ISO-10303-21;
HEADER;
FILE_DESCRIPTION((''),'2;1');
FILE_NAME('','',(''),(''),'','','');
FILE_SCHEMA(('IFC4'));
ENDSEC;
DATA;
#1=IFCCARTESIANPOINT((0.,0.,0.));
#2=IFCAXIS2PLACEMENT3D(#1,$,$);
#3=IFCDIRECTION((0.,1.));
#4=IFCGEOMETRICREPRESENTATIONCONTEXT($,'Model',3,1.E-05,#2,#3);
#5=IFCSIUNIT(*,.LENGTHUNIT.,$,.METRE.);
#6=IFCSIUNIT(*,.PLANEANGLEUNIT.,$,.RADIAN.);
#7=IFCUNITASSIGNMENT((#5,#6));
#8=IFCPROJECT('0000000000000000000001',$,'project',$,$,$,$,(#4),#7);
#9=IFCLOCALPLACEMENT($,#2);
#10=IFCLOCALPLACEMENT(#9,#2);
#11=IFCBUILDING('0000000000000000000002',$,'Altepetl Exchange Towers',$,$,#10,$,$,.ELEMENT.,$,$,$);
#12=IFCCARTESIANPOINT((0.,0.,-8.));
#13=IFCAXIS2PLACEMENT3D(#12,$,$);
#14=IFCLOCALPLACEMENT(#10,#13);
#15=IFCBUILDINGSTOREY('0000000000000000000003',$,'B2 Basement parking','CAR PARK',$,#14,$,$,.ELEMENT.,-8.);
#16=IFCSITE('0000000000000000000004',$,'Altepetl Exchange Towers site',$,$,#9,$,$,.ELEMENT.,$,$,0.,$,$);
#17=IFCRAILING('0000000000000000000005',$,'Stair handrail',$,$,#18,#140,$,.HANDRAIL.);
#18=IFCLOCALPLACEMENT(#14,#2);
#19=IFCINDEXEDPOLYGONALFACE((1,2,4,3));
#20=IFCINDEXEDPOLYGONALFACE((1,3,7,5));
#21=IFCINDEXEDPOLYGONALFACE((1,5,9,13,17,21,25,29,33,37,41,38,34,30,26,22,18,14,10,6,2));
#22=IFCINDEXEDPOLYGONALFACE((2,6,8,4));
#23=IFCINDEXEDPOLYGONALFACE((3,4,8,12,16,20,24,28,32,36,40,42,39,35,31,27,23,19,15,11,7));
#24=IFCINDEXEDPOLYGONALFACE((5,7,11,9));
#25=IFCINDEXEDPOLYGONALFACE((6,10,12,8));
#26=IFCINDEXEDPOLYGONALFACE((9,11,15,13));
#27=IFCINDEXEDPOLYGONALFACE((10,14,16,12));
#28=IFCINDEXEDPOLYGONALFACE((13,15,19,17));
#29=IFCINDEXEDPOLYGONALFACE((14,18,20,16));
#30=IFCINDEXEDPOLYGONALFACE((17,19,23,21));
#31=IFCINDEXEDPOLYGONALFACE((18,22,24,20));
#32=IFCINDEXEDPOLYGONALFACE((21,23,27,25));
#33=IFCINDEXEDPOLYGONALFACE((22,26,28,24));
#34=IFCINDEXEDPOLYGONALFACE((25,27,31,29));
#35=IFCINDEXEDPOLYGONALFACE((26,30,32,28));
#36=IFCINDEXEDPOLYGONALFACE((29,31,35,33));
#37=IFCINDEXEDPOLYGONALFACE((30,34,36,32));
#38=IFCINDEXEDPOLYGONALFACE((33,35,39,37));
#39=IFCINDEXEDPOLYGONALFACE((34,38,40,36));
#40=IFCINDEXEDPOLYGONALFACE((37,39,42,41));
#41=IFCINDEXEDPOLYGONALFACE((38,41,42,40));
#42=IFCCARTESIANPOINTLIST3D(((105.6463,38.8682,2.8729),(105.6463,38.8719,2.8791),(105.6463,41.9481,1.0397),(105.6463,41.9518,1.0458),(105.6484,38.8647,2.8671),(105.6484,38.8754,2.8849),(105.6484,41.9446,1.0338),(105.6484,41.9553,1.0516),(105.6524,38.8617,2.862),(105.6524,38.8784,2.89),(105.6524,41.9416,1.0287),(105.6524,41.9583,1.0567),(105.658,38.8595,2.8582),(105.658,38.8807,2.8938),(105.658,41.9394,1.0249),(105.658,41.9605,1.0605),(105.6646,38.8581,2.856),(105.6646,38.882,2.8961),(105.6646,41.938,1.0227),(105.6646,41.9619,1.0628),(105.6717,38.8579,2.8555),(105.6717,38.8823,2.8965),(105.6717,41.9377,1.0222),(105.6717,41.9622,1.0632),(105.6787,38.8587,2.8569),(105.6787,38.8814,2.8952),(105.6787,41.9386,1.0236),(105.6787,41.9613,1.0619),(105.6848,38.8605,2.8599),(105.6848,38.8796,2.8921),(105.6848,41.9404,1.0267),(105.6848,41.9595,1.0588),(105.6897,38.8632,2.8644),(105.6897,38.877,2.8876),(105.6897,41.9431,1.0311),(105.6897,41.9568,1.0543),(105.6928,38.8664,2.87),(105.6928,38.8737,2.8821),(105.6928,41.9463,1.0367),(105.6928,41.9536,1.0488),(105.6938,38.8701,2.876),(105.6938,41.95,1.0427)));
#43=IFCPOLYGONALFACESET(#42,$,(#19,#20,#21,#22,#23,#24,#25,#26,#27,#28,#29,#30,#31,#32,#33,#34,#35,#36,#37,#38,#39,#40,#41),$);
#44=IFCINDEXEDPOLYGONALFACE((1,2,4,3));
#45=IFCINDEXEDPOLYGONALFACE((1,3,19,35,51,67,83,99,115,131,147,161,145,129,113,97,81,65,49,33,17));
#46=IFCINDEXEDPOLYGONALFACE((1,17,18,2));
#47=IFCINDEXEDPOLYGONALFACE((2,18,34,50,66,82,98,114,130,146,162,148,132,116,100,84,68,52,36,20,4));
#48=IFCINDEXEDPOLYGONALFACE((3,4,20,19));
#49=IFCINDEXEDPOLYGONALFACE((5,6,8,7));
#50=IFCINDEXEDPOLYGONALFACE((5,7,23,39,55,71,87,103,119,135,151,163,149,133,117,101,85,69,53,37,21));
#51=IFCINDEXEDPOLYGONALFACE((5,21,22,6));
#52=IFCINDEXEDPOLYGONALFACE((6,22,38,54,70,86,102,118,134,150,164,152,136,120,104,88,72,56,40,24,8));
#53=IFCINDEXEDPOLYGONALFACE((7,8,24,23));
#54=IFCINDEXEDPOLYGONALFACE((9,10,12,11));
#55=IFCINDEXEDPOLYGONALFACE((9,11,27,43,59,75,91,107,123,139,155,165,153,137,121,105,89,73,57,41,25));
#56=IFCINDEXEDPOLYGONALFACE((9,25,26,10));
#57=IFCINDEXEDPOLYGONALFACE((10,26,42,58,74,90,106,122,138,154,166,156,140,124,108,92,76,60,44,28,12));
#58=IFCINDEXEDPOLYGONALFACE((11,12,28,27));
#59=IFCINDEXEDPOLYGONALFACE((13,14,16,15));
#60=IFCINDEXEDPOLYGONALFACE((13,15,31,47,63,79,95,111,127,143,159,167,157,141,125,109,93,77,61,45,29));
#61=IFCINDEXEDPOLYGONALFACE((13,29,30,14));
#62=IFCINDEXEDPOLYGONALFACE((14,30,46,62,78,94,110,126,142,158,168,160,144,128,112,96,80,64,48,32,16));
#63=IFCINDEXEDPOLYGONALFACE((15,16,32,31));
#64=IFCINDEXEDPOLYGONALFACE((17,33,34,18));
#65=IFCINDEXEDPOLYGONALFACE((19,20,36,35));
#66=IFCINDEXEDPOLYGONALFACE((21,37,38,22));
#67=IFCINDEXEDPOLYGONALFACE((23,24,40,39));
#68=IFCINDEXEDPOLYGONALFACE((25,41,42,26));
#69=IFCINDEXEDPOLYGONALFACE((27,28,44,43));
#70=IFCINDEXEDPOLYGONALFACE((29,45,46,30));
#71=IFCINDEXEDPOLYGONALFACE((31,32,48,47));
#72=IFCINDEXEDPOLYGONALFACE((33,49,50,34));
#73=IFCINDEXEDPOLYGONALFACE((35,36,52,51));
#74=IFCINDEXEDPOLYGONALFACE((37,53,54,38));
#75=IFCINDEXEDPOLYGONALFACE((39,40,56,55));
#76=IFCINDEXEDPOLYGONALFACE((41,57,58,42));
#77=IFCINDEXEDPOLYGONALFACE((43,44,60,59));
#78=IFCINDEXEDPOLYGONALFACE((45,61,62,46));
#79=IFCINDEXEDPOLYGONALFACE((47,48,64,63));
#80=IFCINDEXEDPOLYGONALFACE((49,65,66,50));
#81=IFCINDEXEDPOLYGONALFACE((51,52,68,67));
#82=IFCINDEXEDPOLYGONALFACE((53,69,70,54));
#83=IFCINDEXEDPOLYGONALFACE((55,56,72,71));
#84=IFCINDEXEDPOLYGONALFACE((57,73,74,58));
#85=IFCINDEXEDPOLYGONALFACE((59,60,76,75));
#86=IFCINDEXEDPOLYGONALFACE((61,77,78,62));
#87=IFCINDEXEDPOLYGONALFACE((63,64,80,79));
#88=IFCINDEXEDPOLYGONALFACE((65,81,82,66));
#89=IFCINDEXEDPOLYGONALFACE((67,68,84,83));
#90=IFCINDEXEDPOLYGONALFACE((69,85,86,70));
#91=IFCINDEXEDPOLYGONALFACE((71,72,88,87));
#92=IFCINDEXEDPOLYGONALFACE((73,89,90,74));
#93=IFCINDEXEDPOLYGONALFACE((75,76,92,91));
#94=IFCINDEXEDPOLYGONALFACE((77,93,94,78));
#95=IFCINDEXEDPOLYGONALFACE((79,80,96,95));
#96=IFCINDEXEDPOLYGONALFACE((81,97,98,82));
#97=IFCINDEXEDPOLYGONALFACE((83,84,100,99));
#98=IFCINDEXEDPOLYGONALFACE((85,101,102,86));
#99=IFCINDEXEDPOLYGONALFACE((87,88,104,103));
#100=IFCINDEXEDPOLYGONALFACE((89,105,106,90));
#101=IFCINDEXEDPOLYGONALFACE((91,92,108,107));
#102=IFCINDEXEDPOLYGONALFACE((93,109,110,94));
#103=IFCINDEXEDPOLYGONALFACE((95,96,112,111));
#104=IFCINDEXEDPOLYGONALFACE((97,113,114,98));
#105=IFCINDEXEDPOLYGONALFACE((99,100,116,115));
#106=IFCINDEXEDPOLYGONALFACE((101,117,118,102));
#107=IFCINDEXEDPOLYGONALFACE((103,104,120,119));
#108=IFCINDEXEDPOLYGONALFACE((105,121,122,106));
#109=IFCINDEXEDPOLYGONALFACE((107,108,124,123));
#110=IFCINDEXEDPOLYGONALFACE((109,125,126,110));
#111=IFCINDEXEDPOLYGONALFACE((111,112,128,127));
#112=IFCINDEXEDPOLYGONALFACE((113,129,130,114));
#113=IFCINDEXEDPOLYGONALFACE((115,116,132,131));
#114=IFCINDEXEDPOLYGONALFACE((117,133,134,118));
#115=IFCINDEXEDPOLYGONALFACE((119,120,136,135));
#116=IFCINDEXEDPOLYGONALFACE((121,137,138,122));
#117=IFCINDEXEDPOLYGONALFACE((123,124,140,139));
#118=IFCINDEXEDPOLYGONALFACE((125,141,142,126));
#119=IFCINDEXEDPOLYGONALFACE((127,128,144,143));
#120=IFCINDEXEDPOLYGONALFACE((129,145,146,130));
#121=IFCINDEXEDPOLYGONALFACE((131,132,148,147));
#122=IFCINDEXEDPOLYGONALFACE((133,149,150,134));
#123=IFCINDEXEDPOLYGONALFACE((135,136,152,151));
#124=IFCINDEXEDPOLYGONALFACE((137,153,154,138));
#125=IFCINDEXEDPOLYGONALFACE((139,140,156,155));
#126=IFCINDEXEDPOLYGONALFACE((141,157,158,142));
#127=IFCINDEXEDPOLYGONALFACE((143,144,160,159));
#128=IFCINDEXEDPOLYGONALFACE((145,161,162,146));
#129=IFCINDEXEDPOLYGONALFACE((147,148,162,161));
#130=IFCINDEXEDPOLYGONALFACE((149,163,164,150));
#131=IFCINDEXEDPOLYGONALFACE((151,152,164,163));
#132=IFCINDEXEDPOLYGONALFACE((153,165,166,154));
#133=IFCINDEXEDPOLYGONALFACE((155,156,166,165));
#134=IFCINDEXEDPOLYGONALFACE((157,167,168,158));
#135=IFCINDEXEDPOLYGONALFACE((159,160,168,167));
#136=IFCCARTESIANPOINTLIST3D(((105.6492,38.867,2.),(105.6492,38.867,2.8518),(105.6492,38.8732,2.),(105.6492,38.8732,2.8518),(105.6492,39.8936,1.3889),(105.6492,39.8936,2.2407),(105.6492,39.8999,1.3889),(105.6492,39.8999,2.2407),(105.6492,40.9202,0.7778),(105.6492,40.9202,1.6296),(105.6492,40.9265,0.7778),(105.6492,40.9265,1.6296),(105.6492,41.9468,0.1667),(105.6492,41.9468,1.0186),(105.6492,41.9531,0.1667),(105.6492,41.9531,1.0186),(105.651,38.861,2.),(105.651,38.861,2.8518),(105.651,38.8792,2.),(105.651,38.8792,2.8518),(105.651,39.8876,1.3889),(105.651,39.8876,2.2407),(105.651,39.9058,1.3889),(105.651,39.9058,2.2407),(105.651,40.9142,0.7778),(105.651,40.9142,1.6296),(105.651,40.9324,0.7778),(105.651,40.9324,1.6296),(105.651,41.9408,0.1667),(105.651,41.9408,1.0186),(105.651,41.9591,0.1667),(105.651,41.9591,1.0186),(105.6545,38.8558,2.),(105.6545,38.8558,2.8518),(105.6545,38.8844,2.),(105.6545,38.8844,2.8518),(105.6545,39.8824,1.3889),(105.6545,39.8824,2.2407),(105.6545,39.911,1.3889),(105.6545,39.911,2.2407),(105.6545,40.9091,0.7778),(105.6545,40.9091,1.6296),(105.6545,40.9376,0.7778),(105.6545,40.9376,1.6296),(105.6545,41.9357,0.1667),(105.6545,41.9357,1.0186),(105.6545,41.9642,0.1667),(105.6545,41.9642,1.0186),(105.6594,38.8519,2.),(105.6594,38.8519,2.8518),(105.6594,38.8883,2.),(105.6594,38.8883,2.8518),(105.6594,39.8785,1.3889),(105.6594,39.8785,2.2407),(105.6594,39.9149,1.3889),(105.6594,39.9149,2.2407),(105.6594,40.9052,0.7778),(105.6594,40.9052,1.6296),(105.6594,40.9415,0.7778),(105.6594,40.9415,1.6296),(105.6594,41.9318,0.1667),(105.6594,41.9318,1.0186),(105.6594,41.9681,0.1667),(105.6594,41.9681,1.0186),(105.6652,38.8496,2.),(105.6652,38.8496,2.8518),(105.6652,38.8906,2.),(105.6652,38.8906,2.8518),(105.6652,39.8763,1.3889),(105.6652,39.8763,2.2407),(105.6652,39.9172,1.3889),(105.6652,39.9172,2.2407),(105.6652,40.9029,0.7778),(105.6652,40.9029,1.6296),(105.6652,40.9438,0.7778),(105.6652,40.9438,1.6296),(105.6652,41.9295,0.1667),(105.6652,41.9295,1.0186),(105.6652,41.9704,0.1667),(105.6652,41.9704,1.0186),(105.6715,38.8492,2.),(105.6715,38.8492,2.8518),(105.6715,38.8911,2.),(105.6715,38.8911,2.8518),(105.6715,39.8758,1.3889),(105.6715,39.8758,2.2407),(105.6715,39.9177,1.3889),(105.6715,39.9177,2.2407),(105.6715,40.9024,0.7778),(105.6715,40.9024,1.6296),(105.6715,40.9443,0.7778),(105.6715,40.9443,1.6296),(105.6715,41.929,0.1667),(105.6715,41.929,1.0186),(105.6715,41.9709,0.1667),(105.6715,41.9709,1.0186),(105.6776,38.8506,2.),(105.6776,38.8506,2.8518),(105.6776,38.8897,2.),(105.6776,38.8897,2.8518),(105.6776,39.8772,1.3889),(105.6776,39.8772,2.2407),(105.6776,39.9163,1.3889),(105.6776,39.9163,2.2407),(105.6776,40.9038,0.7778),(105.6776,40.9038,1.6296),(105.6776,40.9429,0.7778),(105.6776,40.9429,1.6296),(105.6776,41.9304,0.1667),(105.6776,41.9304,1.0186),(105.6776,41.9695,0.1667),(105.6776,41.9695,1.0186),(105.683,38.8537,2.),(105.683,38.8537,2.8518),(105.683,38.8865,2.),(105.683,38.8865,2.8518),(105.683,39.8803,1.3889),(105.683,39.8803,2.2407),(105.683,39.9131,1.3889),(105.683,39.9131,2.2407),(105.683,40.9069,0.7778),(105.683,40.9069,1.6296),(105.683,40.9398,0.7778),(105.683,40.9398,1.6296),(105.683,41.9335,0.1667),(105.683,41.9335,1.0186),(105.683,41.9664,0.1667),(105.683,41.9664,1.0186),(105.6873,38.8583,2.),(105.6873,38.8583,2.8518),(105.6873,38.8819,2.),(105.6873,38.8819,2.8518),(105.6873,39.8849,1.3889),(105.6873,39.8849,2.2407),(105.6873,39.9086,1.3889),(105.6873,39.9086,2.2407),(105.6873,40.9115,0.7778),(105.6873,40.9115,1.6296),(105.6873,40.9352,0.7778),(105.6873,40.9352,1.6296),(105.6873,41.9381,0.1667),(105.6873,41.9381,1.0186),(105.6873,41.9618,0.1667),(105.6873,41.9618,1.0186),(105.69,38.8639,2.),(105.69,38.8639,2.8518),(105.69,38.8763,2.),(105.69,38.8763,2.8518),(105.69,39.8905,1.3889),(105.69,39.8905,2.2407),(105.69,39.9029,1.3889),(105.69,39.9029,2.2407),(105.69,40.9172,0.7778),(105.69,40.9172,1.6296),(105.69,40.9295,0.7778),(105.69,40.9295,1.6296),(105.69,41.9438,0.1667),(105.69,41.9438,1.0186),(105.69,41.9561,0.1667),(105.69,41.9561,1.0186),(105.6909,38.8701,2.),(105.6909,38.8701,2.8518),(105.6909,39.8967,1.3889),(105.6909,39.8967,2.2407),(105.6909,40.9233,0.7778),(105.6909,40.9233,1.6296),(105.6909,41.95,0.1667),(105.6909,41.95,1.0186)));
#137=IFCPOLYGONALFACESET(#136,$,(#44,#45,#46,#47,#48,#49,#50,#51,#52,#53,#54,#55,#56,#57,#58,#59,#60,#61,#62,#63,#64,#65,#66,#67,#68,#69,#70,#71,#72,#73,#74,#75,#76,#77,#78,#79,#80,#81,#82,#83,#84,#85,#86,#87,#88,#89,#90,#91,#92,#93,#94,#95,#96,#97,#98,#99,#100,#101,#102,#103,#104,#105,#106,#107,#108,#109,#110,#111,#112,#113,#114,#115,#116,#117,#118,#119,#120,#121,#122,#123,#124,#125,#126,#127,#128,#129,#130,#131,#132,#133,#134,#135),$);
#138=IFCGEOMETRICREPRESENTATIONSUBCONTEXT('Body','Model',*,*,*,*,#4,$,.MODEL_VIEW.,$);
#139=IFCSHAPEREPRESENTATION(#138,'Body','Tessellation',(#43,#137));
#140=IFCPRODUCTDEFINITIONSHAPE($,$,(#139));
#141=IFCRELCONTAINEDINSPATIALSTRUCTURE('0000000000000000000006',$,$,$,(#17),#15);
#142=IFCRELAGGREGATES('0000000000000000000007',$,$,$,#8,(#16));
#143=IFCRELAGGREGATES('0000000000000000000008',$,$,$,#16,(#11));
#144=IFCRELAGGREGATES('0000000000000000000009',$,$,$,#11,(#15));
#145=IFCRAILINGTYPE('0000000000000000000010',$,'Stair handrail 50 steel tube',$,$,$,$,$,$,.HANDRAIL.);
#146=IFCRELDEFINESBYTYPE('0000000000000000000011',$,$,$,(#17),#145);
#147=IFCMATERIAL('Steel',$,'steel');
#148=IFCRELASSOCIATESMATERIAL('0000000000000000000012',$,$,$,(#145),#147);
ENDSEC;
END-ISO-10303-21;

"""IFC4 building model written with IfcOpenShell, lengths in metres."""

from ifc_helpers import new_model, si_unit, direction, frame, origin, origin_2d, place, context, subcontext, project, spatial, circle, extrude, source, transform, mapped, material, type_object, element, save


model = new_model("IFC4")

# Units and contexts
model_context = context("Model", 3, precision=1e-05, world=origin(), true_north=direction((0.0, 1.0)))
body_context = subcontext(model_context, "Body", "Model", "MODEL_VIEW")
ifc_project = project(units=[si_unit("LENGTHUNIT", "METRE"), si_unit("PLANEANGLEUNIT", "RADIAN")], contexts=[model_context])

# Site, building, storey
site_placement = place(None, origin())
site = spatial("IfcSite", under=ifc_project, at=site_placement, Name="Altepetl Exchange Towers site", CompositionType="ELEMENT", RefElevation=0.0)
building_placement = place(site_placement, origin())
building = spatial("IfcBuilding", under=site, at=building_placement, Name="Altepetl Exchange Towers", CompositionType="ELEMENT")
storey_placement = place(building_placement, frame((0.0, 0.0, -8.0)))
storey = spatial("IfcBuildingStorey", under=building, at=storey_placement, Name="B2 Basement parking", Description="CAR PARK", CompositionType="ELEMENT", Elevation=-8.0)

# Railing
ifc_material_1 = material(Name="Steel", Category="steel")
railing_type = type_object("IfcRailingType", Name="Stair handrail 50 steel tube", PredefinedType="HANDRAIL", material=ifc_material_1)
shared_shape = source(origin(), body_context, "Body", "SweptSolid", [
    extrude(circle(Radius=0.021, at=origin_2d()), origin(), (0.0, 0.0, 1.0), 0.8518),
])
railing_1_placement = place(storey_placement, frame((105.6699, 41.95, 0.1667)))
element("IfcRailing", 1, at=railing_1_placement, inside=storey, type_object=railing_type, Name="Stair handrail", PredefinedType="HANDRAIL", context=body_context, shape_type="SweptSolid", body=[
    extrude(circle(Radius=0.0239, at=origin_2d()), frame((0.0, 0.0, 0.876), z_axis=(0.0, -0.859291, 0.511487), x_axis=(1.0, 0.0, 0.0)), (0.0, 0.0, 1.0), 3.5842),
    mapped(shared_shape, transform((0.0, 0.0, 0.0))),
    mapped(shared_shape, transform((0.0, -1.0266, 0.6111))),
    mapped(shared_shape, transform((0.0, -2.0532, 1.2222))),
    mapped(shared_shape, transform((0.0, -3.0798, 1.8333))),
])

save(model, "model.ifc")
